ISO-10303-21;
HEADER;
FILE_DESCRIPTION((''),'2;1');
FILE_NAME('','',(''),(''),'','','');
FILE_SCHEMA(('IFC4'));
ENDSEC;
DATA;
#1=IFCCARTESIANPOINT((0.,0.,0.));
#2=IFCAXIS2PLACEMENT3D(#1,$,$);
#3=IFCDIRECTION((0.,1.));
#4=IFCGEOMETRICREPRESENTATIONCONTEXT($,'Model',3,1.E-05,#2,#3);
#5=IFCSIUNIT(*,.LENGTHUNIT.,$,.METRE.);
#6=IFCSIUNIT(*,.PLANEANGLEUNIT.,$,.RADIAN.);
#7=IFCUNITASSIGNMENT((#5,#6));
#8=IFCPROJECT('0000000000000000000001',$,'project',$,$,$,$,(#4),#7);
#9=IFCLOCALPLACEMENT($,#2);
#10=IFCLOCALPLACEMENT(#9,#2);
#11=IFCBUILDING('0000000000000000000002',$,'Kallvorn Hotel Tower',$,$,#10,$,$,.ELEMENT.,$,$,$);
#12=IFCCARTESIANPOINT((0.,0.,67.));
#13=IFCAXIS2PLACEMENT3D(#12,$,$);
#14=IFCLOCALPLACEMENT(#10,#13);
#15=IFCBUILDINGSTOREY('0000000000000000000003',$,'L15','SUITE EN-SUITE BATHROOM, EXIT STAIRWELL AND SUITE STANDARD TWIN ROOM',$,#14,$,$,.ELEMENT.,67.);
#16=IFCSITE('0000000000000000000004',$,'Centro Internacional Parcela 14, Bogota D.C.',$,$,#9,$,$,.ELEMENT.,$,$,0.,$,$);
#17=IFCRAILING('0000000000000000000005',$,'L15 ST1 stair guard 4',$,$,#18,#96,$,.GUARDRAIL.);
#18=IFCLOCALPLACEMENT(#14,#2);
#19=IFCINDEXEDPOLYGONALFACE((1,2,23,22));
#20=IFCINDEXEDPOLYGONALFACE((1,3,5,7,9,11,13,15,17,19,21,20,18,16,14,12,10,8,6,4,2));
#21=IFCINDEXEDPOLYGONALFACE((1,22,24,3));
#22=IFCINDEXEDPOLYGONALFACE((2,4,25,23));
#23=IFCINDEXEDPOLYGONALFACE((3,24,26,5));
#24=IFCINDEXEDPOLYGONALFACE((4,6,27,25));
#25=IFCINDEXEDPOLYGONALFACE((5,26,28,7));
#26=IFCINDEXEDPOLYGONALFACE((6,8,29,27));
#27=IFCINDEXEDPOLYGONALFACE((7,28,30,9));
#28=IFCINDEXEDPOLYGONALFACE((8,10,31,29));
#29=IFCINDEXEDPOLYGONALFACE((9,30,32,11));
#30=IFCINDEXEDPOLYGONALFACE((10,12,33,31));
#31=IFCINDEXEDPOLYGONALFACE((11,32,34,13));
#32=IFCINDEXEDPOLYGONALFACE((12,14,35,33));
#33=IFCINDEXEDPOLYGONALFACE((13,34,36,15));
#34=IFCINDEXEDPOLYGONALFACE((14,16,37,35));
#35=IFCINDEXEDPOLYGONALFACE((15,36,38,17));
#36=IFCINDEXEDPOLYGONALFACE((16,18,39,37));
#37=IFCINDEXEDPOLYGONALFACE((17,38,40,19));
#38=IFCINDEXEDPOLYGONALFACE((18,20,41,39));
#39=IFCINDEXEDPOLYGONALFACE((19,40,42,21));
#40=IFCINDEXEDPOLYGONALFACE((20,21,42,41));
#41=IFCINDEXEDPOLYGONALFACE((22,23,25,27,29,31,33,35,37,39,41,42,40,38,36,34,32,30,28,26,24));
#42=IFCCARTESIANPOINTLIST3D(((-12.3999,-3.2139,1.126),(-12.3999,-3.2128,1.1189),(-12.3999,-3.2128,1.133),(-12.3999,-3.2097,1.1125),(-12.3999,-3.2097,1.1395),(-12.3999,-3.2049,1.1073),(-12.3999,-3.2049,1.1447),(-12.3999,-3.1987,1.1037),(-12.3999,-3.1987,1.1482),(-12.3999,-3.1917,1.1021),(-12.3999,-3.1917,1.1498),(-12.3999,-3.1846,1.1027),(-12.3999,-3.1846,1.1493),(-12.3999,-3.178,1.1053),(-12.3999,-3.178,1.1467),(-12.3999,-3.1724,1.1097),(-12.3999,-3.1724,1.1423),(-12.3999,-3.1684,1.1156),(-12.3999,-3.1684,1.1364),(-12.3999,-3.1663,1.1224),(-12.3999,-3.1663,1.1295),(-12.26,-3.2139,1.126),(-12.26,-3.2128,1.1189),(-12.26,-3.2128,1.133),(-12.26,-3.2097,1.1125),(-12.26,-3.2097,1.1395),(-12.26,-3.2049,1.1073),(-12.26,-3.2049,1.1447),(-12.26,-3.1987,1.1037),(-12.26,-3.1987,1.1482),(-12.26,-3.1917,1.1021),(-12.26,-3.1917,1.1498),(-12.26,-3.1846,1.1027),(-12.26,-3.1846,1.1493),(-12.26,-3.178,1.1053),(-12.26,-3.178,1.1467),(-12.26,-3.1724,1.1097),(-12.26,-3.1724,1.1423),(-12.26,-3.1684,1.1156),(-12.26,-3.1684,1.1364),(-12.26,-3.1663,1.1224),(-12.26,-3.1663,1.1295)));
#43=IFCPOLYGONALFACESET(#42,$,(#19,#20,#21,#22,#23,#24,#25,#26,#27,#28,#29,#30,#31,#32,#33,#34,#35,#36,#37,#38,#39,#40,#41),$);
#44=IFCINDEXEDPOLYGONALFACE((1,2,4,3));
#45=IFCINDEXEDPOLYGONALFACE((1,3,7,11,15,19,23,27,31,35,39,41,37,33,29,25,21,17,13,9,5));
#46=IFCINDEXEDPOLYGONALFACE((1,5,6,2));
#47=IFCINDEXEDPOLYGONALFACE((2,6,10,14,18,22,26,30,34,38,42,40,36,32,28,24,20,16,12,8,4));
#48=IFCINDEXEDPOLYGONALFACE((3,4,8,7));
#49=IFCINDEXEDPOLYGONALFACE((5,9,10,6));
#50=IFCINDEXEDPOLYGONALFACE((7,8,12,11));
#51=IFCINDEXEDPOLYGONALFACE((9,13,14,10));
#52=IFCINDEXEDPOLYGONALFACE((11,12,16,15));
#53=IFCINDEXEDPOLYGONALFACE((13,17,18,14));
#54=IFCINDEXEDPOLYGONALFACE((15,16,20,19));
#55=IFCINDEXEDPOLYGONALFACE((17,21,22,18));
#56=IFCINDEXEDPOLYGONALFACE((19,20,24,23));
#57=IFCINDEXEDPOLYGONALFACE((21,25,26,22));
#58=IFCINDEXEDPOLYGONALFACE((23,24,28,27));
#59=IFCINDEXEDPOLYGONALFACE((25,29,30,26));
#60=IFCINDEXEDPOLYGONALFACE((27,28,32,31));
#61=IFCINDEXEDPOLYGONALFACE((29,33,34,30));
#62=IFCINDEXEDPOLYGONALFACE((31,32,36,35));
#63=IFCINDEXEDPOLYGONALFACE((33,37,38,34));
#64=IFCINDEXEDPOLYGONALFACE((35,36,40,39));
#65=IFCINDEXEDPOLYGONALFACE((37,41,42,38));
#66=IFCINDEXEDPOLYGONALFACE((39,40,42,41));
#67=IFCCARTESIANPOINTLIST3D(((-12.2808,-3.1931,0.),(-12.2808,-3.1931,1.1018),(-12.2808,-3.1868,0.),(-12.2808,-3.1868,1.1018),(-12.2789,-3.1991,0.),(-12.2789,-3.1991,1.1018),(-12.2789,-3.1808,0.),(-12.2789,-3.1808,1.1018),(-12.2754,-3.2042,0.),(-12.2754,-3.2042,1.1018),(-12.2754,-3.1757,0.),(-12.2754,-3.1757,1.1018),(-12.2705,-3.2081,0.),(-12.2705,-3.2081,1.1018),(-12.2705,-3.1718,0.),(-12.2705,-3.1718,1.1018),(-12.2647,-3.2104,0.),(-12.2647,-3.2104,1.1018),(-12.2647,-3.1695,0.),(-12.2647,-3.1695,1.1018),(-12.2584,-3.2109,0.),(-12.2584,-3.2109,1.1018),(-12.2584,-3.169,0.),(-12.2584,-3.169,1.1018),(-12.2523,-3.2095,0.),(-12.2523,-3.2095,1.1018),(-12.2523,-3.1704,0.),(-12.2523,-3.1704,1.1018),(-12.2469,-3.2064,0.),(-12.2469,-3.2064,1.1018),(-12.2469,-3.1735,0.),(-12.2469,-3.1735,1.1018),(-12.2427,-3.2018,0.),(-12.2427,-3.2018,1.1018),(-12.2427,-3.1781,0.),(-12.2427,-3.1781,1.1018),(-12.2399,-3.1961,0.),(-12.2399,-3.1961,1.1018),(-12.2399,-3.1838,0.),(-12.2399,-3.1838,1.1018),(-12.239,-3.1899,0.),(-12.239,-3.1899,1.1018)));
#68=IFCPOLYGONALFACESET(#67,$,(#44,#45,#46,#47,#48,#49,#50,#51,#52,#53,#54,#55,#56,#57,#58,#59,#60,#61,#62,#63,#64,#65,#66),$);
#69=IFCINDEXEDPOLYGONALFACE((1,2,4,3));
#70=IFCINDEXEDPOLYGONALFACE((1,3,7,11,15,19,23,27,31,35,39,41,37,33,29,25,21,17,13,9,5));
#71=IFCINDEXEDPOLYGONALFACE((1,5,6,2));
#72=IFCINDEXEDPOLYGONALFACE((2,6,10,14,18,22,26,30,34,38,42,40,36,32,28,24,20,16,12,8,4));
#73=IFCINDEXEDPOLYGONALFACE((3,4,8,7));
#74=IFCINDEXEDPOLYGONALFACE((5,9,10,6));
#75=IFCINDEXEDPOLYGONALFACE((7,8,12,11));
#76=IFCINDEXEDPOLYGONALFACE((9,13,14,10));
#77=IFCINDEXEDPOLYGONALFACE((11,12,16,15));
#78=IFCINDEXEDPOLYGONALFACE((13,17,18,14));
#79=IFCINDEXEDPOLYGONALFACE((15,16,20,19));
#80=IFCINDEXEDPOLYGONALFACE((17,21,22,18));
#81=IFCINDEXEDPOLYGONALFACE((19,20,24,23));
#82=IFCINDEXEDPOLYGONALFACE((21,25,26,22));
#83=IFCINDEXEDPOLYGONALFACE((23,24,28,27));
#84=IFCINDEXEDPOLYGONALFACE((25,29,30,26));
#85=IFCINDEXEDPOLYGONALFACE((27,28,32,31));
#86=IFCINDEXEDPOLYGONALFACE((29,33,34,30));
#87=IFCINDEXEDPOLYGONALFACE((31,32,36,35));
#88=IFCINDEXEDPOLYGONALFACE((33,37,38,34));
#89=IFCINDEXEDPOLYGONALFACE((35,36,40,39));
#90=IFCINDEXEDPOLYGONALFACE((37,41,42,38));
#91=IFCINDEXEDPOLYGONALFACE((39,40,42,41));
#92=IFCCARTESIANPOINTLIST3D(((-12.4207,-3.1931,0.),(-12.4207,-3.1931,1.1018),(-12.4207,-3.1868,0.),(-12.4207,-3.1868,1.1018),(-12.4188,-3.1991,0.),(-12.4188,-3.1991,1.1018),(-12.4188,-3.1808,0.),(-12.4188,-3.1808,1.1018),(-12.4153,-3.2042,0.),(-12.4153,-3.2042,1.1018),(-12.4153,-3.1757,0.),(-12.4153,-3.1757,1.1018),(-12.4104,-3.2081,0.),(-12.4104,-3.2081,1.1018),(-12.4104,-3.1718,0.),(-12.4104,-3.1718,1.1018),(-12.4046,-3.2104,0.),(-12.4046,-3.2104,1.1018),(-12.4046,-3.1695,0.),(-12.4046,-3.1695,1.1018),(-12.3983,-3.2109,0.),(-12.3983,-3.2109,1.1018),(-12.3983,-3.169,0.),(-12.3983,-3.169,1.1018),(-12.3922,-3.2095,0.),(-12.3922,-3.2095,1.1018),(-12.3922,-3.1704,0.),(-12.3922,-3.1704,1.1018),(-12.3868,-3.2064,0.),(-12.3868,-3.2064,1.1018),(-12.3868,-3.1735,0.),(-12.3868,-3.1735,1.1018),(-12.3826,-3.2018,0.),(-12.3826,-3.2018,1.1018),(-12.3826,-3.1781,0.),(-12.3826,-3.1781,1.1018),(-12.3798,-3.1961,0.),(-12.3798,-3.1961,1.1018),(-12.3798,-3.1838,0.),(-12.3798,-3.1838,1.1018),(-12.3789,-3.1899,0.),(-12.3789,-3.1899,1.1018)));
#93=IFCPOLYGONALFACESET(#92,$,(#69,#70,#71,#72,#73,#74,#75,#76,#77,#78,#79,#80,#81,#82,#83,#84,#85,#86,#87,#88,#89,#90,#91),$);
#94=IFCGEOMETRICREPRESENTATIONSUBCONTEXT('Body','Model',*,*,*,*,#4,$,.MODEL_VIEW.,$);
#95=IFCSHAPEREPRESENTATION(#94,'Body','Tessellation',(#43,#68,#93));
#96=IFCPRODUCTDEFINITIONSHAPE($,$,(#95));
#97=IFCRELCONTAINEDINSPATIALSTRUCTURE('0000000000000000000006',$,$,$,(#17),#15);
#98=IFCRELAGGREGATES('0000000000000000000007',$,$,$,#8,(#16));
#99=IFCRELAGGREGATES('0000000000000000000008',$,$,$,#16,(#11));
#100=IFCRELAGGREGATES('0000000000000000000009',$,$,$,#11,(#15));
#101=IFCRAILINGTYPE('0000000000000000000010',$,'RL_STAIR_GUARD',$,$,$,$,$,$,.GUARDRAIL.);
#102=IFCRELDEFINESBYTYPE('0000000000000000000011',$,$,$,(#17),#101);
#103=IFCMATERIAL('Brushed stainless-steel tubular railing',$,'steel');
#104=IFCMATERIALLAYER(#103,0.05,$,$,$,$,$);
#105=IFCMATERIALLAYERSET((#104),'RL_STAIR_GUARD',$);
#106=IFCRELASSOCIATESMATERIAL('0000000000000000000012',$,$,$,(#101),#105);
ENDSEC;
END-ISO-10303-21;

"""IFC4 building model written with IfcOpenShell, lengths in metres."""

from ifc_helpers import new_model, si_unit, direction, frame, origin, origin_2d, place, context, subcontext, project, spatial, circle, extrude, material, layer, layer_set, type_object, element, save


model = new_model("IFC4")

# Units and contexts
model_context = context("Model", 3, precision=1e-05, world=origin(), true_north=direction((0.0, 1.0)))
body_context = subcontext(model_context, "Body", "Model", "MODEL_VIEW")
ifc_project = project(units=[si_unit("LENGTHUNIT", "METRE"), si_unit("PLANEANGLEUNIT", "RADIAN")], contexts=[model_context])

# Site, building, storey
site_placement = place(None, origin())
site = spatial("IfcSite", under=ifc_project, at=site_placement, Name="Centro Internacional Parcela 14, Bogota D.C.", CompositionType="ELEMENT", RefElevation=0.0)
building_placement = place(site_placement, origin())
building = spatial("IfcBuilding", under=site, at=building_placement, Name="Kallvorn Hotel Tower", CompositionType="ELEMENT")
storey_placement = place(building_placement, frame((0.0, 0.0, 67.0)))
storey = spatial("IfcBuildingStorey", under=building, at=storey_placement, Name="L15", Description="SUITE EN-SUITE BATHROOM, EXIT STAIRWELL AND SUITE STANDARD TWIN ROOM", CompositionType="ELEMENT", Elevation=67.0)

# Railing
ifc_material_1 = material(Name="Brushed stainless-steel tubular railing", Category="steel")
ifc_layer_1 = layer(ifc_material_1, 0.05)
ifc_layer_set_1 = layer_set([ifc_layer_1], Name="RL_STAIR_GUARD")
railing_type_1 = type_object("IfcRailingType", Name="RL_STAIR_GUARD", PredefinedType="GUARDRAIL", material=ifc_layer_set_1)
railing_1_placement = place(storey_placement, frame((-12.26, -3.1899, 0.0)))
element("IfcRailing", 1, at=railing_1_placement, inside=storey, type_object=railing_type_1, Name="L15 ST1 stair guard 4", PredefinedType="GUARDRAIL", context=body_context, shape_type="SweptSolid", body=[
    extrude(circle(Radius=0.0239, at=origin_2d()), frame((0.0, 0.0, 1.126), z_axis=(-1.0, 0.0, 0.0), x_axis=(0.0, -1.0, 0.0)), (0.0, 0.0, 1.0), 0.1399),
    extrude(circle(Radius=0.021, at=origin_2d()), origin(), (0.0, 0.0, 1.0), 1.1018),
    extrude(circle(Radius=0.021, at=origin_2d()), frame((-0.1399, 0.0, 0.0)), (0.0, 0.0, 1.0), 1.1018),
])

save(model, "model.ifc")
